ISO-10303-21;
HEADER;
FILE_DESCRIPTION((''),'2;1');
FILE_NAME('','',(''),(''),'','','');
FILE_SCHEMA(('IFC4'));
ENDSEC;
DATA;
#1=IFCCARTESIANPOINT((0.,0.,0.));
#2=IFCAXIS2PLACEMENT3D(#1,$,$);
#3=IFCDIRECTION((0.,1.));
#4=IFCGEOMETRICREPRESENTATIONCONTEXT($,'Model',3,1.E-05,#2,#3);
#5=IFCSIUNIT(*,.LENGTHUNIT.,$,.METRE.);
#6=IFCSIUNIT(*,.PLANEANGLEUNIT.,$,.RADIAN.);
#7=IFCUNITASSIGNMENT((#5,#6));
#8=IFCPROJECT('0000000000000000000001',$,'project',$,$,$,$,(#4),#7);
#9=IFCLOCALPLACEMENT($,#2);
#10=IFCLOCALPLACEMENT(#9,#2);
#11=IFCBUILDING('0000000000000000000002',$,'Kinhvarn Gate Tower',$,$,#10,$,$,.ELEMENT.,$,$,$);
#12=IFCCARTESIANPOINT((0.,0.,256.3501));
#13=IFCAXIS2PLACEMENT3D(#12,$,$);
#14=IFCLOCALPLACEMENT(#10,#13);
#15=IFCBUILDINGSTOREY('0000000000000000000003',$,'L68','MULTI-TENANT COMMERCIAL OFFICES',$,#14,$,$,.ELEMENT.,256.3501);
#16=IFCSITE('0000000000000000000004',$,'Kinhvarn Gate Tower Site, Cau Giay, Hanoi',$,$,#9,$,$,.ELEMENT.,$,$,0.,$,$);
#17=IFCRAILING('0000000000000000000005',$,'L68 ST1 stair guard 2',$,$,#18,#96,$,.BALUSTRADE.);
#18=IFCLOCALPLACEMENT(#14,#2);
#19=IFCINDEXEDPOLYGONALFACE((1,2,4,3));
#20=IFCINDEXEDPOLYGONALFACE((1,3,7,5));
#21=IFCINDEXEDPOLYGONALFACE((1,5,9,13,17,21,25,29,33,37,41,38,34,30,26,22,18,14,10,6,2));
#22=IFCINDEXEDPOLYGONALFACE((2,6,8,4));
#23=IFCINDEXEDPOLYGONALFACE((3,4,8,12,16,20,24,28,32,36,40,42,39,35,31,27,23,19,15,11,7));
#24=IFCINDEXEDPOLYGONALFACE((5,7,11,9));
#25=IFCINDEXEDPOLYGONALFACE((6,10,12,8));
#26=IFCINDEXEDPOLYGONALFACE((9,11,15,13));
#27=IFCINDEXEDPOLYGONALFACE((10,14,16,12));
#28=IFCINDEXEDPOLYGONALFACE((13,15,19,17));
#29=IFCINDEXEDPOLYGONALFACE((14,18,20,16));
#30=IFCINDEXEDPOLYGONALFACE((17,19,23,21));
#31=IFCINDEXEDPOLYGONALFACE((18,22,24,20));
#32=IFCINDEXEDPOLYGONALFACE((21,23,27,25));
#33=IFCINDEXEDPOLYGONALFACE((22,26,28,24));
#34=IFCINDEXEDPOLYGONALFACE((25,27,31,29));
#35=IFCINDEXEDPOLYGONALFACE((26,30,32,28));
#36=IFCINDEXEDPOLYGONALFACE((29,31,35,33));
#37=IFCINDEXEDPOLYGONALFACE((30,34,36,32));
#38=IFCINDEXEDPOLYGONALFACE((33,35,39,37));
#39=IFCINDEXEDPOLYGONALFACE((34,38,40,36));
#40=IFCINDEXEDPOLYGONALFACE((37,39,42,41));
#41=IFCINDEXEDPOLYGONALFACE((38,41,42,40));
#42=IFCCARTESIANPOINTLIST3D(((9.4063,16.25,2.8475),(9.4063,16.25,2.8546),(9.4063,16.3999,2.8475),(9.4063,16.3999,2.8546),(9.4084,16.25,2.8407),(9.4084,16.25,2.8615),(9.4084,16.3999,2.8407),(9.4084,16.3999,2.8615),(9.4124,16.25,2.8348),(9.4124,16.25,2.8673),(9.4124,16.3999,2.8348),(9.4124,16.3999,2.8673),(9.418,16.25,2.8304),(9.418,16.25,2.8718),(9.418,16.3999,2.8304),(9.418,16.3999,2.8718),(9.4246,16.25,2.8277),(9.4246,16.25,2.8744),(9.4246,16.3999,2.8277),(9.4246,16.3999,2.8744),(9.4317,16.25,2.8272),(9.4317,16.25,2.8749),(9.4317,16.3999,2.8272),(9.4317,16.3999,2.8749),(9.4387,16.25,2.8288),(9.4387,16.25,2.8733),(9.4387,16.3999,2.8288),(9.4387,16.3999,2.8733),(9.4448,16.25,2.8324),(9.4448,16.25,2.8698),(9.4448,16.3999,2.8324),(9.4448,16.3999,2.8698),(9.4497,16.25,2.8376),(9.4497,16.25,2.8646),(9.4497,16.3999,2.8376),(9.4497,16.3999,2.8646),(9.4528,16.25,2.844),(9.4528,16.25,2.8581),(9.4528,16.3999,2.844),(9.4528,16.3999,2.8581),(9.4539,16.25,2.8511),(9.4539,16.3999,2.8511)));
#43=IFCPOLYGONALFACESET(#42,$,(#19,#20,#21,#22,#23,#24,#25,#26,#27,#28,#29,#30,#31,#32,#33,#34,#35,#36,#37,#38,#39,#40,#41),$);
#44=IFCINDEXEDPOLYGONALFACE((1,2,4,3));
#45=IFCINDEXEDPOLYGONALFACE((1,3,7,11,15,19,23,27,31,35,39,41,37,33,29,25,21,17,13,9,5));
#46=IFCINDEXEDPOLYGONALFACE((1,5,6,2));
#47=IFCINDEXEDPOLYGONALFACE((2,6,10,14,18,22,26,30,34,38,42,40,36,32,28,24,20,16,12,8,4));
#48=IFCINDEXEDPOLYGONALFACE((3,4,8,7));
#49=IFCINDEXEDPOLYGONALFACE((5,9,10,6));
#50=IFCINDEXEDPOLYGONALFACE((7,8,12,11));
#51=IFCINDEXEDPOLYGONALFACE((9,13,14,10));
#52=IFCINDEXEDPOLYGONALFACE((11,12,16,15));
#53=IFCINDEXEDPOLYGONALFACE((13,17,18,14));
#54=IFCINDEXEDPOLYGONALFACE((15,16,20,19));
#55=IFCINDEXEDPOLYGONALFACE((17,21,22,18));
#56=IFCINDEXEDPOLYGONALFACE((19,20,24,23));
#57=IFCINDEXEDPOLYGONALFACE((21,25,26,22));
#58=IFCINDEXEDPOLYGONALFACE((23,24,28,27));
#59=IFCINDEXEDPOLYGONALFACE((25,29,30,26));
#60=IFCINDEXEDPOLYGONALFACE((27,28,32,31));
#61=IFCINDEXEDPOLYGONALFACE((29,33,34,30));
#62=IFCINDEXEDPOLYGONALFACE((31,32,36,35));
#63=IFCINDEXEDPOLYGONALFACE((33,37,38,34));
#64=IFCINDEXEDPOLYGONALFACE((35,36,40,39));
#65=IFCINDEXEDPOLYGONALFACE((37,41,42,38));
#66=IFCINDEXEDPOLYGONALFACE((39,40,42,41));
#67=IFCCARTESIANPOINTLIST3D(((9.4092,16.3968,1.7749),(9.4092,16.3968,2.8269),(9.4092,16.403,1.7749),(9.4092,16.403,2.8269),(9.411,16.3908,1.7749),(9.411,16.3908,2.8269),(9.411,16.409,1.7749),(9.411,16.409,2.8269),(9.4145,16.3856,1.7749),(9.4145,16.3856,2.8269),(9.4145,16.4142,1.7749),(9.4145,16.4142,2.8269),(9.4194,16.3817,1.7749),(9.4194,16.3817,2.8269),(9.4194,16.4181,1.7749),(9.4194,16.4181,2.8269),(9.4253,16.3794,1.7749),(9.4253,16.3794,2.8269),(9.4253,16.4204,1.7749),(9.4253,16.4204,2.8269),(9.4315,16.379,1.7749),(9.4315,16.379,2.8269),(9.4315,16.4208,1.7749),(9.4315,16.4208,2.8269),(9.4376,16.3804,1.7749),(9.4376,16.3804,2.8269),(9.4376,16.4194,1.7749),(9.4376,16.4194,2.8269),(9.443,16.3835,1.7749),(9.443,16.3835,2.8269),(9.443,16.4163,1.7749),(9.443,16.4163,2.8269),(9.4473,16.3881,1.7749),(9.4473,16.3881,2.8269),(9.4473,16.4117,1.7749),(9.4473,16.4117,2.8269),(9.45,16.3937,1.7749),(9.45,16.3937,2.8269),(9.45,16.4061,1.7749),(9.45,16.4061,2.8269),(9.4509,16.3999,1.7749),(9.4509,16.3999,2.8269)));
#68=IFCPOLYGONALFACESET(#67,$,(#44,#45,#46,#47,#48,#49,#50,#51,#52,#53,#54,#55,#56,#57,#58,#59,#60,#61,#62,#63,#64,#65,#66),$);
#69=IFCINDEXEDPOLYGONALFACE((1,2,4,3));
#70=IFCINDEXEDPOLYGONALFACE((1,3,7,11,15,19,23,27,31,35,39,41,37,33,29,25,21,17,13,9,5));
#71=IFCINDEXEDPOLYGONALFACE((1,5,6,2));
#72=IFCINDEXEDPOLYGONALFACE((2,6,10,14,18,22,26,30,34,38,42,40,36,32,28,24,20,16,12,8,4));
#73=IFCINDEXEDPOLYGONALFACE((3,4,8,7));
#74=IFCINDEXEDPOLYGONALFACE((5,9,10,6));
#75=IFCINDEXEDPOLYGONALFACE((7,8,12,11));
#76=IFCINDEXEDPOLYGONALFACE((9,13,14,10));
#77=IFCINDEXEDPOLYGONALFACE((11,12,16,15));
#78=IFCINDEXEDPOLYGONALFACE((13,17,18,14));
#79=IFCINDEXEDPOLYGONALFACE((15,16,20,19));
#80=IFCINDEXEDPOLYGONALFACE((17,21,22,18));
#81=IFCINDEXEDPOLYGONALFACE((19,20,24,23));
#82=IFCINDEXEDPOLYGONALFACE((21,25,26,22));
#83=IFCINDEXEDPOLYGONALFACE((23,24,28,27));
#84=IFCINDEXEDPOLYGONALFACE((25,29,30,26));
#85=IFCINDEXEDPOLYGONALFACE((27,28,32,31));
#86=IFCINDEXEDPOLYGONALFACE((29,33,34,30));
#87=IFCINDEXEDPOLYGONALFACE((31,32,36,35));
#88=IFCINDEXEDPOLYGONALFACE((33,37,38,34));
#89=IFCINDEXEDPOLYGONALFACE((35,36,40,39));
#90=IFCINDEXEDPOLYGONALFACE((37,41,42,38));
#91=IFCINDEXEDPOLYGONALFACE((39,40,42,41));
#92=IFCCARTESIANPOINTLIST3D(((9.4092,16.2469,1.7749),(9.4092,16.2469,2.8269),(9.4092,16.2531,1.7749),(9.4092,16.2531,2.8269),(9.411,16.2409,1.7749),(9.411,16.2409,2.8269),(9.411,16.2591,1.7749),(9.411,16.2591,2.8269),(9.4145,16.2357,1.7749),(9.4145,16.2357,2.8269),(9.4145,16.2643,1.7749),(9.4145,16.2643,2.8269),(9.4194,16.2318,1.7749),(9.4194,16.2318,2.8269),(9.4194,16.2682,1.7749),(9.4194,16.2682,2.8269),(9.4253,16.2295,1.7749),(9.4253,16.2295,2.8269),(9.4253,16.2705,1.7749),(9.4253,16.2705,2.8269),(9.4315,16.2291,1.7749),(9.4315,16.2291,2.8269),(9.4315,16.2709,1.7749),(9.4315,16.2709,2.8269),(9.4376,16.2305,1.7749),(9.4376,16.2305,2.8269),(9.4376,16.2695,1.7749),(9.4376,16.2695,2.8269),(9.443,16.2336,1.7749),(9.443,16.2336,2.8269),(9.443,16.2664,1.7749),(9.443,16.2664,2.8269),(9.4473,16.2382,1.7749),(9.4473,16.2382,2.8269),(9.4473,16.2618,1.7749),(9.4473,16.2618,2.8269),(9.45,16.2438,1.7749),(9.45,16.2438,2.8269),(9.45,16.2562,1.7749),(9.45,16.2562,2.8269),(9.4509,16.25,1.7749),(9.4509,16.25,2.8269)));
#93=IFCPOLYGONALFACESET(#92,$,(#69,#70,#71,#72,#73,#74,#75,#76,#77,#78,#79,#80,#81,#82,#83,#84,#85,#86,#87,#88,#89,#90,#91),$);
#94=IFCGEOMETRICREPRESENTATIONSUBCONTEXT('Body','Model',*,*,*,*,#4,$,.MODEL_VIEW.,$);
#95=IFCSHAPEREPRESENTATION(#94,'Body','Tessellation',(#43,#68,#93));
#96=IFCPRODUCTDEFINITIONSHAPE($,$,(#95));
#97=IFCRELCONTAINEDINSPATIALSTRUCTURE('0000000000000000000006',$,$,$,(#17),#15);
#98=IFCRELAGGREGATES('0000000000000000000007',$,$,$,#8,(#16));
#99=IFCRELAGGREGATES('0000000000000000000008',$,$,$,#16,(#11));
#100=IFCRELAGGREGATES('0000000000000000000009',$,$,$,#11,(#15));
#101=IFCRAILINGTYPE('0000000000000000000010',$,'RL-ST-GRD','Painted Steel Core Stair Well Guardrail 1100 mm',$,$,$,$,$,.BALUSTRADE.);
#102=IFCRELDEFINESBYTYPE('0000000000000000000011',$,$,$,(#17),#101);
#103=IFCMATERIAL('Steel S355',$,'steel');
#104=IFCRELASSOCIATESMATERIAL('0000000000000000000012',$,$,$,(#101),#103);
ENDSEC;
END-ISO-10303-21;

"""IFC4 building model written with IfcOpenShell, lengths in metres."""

from ifc_helpers import new_model, si_unit, direction, frame, origin, origin_2d, place, context, subcontext, project, spatial, circle, extrude, material, type_object, element, save


model = new_model("IFC4")

# Units and contexts
model_context = context("Model", 3, precision=1e-05, world=origin(), true_north=direction((0.0, 1.0)))
body_context = subcontext(model_context, "Body", "Model", "MODEL_VIEW")
ifc_project = project(units=[si_unit("LENGTHUNIT", "METRE"), si_unit("PLANEANGLEUNIT", "RADIAN")], contexts=[model_context])

# Site, building, storey
site_placement = place(None, origin())
site = spatial("IfcSite", under=ifc_project, at=site_placement, Name="Kinhvarn Gate Tower Site, Cau Giay, Hanoi", CompositionType="ELEMENT", RefElevation=0.0)
building_placement = place(site_placement, origin())
building = spatial("IfcBuilding", under=site, at=building_placement, Name="Kinhvarn Gate Tower", CompositionType="ELEMENT")
storey_placement = place(building_placement, frame((0.0, 0.0, 256.3501)))
storey = spatial("IfcBuildingStorey", under=building, at=storey_placement, Name="L68", Description="MULTI-TENANT COMMERCIAL OFFICES", CompositionType="ELEMENT", Elevation=256.3501)

# Shared definitions
ifc_material_1 = material(Name="Steel S355", Category="steel")

# Railing
railing_type_1 = type_object("IfcRailingType", Name="RL-ST-GRD", Description="Painted Steel Core Stair Well Guardrail 1100 mm", PredefinedType="BALUSTRADE", material=ifc_material_1)
railing_1_placement = place(storey_placement, frame((9.4299, 16.3999, 1.7749)))
element("IfcRailing", 1, at=railing_1_placement, inside=storey, type_object=railing_type_1, Name="L68 ST1 stair guard 2", PredefinedType="BALUSTRADE", context=body_context, shape_type="SweptSolid", body=[
    extrude(circle(Radius=0.0239, at=origin_2d()), frame((0.0, 0.0, 1.0762), z_axis=(0.0, -1.0, 0.0), x_axis=(1.0, 0.0, 0.0)), (0.0, 0.0, 1.0), 0.1499),
    extrude(circle(Radius=0.021, at=origin_2d()), origin(), (0.0, 0.0, 1.0), 1.052),
    extrude(circle(Radius=0.021, at=origin_2d()), frame((0.0, -0.1499, 0.0)), (0.0, 0.0, 1.0), 1.052),
])

save(model, "model.ifc")
